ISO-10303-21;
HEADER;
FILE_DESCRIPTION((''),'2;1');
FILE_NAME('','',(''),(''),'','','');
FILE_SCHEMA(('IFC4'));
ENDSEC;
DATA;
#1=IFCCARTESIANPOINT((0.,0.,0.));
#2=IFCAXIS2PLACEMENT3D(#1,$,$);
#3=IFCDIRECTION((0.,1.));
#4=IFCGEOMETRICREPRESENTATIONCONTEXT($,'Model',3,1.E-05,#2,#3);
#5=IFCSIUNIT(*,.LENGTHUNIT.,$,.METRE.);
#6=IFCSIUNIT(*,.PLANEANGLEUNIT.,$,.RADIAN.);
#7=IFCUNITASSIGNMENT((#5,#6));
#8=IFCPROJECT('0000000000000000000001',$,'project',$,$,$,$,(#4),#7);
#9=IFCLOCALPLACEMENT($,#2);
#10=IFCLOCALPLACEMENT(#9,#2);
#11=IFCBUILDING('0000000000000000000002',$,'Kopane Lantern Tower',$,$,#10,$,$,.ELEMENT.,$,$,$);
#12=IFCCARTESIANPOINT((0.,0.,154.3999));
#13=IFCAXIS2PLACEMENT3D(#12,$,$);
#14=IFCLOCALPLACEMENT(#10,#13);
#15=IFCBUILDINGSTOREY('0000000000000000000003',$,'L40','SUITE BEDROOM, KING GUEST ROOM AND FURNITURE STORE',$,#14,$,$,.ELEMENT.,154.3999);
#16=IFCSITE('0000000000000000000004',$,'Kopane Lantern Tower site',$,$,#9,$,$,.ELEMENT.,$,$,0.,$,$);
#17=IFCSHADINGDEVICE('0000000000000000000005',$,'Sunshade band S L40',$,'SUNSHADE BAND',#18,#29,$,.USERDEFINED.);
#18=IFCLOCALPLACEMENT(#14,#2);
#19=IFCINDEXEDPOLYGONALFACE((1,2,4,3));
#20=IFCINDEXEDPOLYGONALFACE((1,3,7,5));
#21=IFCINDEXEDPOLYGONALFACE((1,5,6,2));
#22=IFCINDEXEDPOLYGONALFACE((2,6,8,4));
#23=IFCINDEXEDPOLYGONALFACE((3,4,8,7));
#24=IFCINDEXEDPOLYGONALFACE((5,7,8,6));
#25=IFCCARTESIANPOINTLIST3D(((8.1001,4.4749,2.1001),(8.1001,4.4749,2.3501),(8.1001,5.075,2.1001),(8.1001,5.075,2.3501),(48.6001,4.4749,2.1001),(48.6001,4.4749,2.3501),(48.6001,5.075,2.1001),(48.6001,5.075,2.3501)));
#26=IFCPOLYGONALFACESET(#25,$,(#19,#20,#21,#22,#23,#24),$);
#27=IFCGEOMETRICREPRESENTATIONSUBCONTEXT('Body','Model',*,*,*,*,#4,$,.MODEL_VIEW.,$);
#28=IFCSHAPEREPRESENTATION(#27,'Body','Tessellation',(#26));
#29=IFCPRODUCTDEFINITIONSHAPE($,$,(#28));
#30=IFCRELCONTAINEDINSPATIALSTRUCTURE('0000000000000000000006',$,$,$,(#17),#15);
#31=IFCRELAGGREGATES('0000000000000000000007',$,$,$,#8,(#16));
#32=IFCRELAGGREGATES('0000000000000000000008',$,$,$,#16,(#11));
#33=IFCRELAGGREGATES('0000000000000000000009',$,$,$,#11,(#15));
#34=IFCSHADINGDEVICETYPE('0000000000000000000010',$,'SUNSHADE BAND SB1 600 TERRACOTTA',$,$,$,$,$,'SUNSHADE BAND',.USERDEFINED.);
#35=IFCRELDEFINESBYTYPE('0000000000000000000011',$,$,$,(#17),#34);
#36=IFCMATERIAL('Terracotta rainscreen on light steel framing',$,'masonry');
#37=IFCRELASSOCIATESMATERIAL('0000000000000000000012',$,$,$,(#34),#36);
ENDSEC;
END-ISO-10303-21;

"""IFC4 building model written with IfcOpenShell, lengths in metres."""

from ifc_helpers import new_model, si_unit, direction, frame, origin, origin_2d, place, context, subcontext, project, spatial, rectangle, extrude, material, type_object, element, save


model = new_model("IFC4")

# Units and contexts
model_context = context("Model", 3, precision=1e-05, world=origin(), true_north=direction((0.0, 1.0)))
body_context = subcontext(model_context, "Body", "Model", "MODEL_VIEW")
ifc_project = project(units=[si_unit("LENGTHUNIT", "METRE"), si_unit("PLANEANGLEUNIT", "RADIAN")], contexts=[model_context])

# Site, building, storey
site_placement = place(None, origin())
site = spatial("IfcSite", under=ifc_project, at=site_placement, Name="Kopane Lantern Tower site", CompositionType="ELEMENT", RefElevation=0.0)
building_placement = place(site_placement, origin())
building = spatial("IfcBuilding", under=site, at=building_placement, Name="Kopane Lantern Tower", CompositionType="ELEMENT")
storey_placement = place(building_placement, frame((0.0, 0.0, 154.3999)))
storey = spatial("IfcBuildingStorey", under=building, at=storey_placement, Name="L40", Description="SUITE BEDROOM, KING GUEST ROOM AND FURNITURE STORE", CompositionType="ELEMENT", Elevation=154.3999)

# Shading device
ifc_material_1 = material(Name="Terracotta rainscreen on light steel framing", Category="masonry")
shading_device_type = type_object("IfcShadingDeviceType", Name="SUNSHADE BAND SB1 600 TERRACOTTA", ElementType="SUNSHADE BAND", PredefinedType="USERDEFINED", material=ifc_material_1)
shading_device_placement = place(storey_placement, frame((28.3501, 4.7749, 2.1001), z_axis=(0.0, 0.0, 1.0), x_axis=(1.0, 0.0, 0.0)))
element("IfcShadingDevice", 1, at=shading_device_placement, inside=storey, type_object=shading_device_type, Name="Sunshade band S L40", ObjectType="SUNSHADE BAND", PredefinedType="USERDEFINED", context=body_context, shape_type="SweptSolid", body=[
    extrude(rectangle(XDim=40.5, YDim=0.6001, at=origin_2d()), origin(), (0.0, 0.0, 1.0), 0.25),
])

save(model, "model.ifc")
